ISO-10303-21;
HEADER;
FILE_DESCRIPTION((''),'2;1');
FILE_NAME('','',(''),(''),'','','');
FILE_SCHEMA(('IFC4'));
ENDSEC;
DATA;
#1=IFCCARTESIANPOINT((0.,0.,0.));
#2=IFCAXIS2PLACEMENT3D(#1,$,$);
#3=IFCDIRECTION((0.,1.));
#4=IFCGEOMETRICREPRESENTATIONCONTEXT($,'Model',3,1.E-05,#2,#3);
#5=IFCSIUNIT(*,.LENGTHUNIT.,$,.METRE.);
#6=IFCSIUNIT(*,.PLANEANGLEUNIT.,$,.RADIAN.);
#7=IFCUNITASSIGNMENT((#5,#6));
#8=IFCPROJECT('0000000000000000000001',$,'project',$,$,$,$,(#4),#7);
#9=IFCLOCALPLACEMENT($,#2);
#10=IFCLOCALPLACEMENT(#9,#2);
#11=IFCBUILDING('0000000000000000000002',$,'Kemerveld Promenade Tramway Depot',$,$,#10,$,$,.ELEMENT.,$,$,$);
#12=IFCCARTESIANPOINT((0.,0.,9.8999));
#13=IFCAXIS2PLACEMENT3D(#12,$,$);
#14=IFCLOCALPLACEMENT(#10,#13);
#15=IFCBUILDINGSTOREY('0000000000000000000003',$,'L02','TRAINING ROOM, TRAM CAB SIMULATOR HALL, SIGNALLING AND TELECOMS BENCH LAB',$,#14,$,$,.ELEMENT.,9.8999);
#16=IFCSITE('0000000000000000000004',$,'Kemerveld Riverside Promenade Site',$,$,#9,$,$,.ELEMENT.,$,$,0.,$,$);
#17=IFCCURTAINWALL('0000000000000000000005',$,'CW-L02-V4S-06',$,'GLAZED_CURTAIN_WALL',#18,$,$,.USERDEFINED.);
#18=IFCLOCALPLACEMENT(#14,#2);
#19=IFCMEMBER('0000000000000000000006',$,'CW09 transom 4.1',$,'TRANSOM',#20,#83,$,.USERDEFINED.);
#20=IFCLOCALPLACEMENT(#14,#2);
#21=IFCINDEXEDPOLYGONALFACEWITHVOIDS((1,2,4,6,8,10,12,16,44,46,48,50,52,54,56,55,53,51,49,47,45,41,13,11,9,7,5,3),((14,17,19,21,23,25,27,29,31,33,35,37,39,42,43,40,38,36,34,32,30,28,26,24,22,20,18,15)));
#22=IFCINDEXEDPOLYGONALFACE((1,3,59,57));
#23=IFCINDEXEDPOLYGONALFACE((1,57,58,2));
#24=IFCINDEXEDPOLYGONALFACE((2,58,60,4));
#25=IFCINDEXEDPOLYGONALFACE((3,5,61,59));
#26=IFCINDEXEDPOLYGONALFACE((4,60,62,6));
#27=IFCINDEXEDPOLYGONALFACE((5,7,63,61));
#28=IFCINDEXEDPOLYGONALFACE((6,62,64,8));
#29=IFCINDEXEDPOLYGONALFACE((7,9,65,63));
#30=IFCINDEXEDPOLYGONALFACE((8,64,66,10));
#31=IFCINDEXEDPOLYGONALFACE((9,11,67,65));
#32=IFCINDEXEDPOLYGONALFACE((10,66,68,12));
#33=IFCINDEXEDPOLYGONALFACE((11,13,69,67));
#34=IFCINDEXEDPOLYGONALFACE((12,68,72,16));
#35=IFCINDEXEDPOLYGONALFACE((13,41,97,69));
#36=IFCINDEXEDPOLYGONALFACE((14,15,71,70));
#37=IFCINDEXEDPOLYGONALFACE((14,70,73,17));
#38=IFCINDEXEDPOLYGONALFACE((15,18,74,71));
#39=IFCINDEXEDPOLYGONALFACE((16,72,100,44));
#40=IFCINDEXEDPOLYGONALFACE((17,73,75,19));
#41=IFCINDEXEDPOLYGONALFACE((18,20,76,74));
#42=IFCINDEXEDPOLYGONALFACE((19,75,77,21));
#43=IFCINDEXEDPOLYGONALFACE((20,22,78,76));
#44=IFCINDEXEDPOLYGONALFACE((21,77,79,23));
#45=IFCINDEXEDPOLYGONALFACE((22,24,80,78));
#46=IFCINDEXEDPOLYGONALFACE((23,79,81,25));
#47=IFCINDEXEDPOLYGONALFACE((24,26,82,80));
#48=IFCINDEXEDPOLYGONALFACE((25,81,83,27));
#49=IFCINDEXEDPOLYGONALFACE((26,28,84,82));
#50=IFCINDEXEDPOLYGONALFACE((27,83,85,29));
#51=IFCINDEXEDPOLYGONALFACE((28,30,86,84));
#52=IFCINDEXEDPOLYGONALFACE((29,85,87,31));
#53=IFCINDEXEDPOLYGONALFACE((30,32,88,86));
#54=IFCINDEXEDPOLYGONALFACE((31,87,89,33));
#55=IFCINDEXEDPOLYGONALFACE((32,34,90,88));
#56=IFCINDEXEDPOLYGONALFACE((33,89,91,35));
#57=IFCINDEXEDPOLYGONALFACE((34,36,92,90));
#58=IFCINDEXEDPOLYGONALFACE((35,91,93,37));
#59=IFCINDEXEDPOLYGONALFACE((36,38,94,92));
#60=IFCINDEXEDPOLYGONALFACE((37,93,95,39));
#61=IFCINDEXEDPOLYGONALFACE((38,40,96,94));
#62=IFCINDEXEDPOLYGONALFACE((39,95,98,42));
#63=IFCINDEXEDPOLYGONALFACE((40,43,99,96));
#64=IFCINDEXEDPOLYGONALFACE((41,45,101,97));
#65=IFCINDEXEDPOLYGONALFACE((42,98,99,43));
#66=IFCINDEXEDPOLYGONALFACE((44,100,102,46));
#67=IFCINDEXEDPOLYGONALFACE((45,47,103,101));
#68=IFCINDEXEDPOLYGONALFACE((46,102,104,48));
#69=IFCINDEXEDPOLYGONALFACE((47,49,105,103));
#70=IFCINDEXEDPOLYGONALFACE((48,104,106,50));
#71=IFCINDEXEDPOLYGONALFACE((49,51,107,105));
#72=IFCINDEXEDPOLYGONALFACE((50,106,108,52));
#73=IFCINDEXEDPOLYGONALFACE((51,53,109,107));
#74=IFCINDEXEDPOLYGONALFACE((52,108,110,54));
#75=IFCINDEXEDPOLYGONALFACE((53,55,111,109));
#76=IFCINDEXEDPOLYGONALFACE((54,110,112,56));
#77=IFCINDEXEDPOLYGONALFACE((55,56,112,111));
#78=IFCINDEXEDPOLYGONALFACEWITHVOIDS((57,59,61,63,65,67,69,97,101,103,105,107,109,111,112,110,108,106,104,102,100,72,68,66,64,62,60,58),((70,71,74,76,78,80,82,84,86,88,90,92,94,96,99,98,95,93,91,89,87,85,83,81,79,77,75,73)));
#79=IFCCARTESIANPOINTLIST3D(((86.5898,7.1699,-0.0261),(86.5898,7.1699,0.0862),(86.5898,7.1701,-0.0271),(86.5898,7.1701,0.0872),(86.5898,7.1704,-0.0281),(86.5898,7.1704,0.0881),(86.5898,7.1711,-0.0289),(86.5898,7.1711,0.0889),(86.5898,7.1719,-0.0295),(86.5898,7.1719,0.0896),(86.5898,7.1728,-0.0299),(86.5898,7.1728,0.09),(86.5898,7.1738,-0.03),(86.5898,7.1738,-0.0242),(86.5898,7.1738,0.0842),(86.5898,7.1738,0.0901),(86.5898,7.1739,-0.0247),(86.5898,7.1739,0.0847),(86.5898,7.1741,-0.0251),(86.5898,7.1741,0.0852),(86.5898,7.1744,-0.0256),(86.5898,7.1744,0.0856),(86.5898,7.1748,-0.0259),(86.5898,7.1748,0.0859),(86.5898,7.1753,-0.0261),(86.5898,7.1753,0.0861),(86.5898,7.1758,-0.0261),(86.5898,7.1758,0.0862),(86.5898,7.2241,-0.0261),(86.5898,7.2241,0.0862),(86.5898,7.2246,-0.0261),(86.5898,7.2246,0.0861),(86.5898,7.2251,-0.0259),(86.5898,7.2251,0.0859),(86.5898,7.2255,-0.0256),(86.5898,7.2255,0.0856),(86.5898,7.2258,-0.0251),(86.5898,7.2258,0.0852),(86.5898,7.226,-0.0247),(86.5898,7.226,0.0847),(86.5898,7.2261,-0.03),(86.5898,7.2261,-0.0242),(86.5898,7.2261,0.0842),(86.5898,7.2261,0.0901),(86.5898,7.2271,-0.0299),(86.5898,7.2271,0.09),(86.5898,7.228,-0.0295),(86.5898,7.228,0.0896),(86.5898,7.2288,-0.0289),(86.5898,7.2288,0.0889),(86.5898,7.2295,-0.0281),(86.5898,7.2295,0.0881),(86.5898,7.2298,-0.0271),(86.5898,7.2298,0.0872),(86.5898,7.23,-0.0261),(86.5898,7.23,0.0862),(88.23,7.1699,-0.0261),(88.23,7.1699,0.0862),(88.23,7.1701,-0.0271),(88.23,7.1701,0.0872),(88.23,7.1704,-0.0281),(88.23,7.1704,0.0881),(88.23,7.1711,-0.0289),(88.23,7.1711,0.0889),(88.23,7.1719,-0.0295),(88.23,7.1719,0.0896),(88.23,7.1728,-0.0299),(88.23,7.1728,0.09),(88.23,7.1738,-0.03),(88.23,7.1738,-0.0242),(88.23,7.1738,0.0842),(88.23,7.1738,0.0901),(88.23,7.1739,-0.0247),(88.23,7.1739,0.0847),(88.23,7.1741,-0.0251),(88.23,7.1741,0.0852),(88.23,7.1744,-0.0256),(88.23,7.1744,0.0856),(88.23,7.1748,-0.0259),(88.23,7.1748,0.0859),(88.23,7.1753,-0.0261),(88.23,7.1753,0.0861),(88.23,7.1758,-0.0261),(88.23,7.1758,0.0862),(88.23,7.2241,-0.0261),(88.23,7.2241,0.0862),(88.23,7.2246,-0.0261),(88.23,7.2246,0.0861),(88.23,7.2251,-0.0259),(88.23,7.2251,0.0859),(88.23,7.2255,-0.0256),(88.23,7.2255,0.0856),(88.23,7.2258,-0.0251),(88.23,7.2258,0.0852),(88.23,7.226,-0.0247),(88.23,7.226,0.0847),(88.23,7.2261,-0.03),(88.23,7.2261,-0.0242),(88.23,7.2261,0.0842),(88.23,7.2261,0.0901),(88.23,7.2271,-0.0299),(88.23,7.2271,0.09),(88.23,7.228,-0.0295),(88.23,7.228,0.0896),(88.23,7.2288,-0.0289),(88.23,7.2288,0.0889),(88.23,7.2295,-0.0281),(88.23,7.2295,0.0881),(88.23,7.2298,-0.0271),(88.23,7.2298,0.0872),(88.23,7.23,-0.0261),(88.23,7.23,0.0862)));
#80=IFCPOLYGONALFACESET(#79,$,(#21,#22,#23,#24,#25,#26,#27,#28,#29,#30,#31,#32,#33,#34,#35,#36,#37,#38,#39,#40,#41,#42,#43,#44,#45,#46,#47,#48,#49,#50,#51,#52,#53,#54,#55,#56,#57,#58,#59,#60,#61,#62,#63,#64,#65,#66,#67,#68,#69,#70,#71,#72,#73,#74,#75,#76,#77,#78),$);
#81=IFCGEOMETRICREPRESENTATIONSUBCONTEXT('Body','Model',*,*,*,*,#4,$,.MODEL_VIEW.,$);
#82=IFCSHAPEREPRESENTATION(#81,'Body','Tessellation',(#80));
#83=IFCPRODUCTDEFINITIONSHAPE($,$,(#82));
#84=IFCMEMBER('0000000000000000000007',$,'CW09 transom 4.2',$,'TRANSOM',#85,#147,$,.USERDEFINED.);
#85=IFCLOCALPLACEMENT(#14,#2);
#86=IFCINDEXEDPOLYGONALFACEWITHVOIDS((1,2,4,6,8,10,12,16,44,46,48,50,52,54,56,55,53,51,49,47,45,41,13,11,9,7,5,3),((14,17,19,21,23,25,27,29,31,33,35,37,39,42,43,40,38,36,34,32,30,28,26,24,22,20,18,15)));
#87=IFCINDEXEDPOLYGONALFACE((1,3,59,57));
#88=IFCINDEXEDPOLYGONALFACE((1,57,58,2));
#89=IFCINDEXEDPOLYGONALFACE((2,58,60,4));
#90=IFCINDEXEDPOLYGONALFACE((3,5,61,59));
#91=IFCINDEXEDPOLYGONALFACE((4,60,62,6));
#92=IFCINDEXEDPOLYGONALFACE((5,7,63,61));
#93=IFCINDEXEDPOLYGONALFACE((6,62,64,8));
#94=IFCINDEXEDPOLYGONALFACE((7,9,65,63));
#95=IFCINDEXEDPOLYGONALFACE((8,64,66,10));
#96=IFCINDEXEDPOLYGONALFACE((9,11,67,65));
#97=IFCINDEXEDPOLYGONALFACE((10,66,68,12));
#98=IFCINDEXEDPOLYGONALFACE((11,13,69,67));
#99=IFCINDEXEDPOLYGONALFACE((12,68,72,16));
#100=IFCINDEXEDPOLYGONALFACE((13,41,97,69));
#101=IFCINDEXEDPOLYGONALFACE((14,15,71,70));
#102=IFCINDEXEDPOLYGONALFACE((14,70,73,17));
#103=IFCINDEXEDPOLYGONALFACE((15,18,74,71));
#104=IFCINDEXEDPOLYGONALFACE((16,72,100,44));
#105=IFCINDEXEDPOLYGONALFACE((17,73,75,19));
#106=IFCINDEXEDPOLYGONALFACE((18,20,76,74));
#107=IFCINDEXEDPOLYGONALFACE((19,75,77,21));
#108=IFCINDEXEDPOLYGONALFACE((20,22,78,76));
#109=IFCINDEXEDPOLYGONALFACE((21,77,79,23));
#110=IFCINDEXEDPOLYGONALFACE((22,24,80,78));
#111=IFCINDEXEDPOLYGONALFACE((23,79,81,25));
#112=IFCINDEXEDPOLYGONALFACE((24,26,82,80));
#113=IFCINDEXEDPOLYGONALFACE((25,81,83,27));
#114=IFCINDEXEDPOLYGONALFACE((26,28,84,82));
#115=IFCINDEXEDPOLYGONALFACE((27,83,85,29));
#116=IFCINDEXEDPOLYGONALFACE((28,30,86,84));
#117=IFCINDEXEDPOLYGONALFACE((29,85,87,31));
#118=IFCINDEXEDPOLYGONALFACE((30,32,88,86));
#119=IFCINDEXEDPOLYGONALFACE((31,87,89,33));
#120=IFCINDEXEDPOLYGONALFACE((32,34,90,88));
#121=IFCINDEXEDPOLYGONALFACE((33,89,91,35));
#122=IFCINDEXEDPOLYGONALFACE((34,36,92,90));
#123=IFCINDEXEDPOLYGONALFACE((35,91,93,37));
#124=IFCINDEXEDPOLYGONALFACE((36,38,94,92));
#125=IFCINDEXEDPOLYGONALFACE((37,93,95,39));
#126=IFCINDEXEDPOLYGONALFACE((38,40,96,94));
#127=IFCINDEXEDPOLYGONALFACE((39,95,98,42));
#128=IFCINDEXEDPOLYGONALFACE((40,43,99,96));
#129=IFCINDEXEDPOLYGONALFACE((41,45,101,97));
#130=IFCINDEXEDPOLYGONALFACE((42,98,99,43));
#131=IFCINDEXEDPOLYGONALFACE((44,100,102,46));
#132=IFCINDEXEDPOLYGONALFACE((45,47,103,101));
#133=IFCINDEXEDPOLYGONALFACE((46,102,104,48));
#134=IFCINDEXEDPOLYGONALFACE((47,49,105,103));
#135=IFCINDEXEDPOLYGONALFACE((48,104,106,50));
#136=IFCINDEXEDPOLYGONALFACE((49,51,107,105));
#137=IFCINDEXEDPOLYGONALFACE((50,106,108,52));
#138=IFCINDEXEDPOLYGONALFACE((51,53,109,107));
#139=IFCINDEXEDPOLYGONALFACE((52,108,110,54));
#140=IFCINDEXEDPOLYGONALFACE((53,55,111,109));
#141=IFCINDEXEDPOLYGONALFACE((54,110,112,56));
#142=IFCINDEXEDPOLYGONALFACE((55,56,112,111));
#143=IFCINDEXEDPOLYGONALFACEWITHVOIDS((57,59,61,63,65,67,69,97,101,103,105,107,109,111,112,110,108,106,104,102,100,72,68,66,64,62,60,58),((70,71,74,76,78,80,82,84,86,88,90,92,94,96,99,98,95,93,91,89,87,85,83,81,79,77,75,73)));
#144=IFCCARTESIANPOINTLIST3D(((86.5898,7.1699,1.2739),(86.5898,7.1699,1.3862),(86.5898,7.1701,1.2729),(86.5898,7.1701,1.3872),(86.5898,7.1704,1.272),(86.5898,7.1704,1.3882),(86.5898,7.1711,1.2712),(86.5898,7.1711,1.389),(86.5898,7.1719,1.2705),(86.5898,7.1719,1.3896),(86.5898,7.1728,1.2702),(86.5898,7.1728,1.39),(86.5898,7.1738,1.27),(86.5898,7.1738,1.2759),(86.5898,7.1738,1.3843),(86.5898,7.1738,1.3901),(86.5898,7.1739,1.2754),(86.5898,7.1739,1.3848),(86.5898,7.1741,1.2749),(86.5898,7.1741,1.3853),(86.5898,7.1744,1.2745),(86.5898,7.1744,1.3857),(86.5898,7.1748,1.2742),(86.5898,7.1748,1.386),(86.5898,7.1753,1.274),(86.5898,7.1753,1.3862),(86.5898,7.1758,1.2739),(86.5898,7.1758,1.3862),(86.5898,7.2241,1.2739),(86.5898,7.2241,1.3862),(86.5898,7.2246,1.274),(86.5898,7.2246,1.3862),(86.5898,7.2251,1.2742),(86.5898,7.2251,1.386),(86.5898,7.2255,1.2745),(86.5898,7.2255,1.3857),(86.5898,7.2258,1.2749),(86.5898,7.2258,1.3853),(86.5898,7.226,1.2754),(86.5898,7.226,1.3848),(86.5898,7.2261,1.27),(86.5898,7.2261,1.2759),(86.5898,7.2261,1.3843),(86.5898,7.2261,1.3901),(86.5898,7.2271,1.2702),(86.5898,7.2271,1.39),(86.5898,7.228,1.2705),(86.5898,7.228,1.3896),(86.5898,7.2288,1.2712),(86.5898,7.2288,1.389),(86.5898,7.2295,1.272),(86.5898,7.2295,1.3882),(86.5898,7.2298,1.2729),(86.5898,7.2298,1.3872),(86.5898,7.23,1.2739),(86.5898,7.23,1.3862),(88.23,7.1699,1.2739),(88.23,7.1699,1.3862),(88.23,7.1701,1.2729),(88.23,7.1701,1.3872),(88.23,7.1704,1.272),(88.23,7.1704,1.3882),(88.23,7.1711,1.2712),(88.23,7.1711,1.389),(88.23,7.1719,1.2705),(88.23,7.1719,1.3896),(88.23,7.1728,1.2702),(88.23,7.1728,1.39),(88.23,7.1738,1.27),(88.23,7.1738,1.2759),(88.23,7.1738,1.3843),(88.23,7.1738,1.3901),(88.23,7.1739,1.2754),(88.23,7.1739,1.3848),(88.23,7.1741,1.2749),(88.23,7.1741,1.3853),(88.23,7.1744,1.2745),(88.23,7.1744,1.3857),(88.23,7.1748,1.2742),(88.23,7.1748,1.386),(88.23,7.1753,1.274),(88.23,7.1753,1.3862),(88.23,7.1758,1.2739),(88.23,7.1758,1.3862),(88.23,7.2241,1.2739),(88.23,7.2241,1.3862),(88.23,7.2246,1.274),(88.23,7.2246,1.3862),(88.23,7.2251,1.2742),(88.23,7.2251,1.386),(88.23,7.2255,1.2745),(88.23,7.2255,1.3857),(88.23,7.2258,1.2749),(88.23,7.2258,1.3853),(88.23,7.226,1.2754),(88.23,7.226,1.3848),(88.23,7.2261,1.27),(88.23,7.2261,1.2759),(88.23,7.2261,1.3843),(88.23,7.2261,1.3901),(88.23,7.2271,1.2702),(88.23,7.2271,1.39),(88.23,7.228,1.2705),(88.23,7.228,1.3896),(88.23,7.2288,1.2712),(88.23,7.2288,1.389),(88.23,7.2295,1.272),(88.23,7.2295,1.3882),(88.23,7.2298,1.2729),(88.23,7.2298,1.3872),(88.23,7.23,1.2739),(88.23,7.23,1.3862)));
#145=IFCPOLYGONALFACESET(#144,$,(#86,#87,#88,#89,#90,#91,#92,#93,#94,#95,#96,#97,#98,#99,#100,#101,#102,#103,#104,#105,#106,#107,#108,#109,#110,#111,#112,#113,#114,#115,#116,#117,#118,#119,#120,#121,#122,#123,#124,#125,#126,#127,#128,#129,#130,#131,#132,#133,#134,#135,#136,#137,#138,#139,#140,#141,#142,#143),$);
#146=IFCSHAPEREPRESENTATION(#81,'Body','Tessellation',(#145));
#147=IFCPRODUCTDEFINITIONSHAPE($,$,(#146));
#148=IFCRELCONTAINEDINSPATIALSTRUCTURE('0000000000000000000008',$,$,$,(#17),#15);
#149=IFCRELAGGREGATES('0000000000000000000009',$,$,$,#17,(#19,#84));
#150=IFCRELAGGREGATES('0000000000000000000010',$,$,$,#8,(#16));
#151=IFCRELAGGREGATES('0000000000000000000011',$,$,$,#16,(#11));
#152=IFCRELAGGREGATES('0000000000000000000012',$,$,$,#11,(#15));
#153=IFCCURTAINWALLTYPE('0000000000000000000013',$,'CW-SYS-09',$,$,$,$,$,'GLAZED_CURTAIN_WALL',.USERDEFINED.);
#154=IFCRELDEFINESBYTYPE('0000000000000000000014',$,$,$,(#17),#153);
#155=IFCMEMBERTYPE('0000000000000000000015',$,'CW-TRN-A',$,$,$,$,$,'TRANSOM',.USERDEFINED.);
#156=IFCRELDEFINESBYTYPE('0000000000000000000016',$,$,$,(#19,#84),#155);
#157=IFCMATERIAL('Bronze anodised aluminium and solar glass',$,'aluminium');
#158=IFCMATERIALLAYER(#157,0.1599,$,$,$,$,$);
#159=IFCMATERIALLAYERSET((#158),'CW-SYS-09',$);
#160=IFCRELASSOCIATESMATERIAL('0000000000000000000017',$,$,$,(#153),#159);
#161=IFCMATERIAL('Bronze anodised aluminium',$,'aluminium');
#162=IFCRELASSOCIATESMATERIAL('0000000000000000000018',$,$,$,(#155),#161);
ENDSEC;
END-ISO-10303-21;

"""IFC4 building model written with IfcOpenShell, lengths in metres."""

from ifc_helpers import new_model, si_unit, direction, frame, origin, origin_2d, place, context, subcontext, project, spatial, hollow_rectangle, extrude, material, layer, layer_set, material_profile, profile_set, type_object, element, aggregate, save


model = new_model("IFC4")

# Units and contexts
model_context = context("Model", 3, precision=1e-05, world=origin(), true_north=direction((0.0, 1.0)))
body_context = subcontext(model_context, "Body", "Model", "MODEL_VIEW")
ifc_project = project(units=[si_unit("LENGTHUNIT", "METRE"), si_unit("PLANEANGLEUNIT", "RADIAN")], contexts=[model_context])

# Site, building, storey
site_placement = place(None, origin())
site = spatial("IfcSite", under=ifc_project, at=site_placement, Name="Kemerveld Riverside Promenade Site", CompositionType="ELEMENT", RefElevation=0.0)
building_placement = place(site_placement, origin())
building = spatial("IfcBuilding", under=site, at=building_placement, Name="Kemerveld Promenade Tramway Depot", CompositionType="ELEMENT")
storey_placement = place(building_placement, frame((0.0, 0.0, 9.8999)))
storey = spatial("IfcBuildingStorey", under=building, at=storey_placement, Name="L02", Description="TRAINING ROOM, TRAM CAB SIMULATOR HALL, SIGNALLING AND TELECOMS BENCH LAB", CompositionType="ELEMENT", Elevation=9.8999)

# Curtain wall, members
ifc_material_1 = material(Name="Bronze anodised aluminium and solar glass", Category="aluminium")
ifc_layer_1 = layer(ifc_material_1, 0.1599)
ifc_layer_set_1 = layer_set([ifc_layer_1], Name="CW-SYS-09")
curtain_wall_type = type_object("IfcCurtainWallType", Name="CW-SYS-09", ElementType="GLAZED_CURTAIN_WALL", PredefinedType="USERDEFINED", material=ifc_layer_set_1)
curtain_wall_placement = place(storey_placement, origin())
curtain_wall = element("IfcCurtainWall", 1, at=curtain_wall_placement, inside=storey, type_object=curtain_wall_type, Name="CW-L02-V4S-06", ObjectType="GLAZED_CURTAIN_WALL", PredefinedType="USERDEFINED")
ifc_material_2 = material(Name="Bronze anodised aluminium", Category="aluminium")
ifc_material_profile_1 = material_profile(ifc_material_2, hollow_rectangle(XDim=0.0601, YDim=0.1201, WallThickness=0.0039, InnerFilletRadius=0.002, OuterFilletRadius=0.0039, at=origin_2d()), Name="CW-TRN-120x60")
ifc_profile_set_1 = profile_set([ifc_material_profile_1], Name="Bronze anodised aluminium")
member_type_1 = type_object("IfcMemberType", Name="CW-TRN-A", ElementType="TRANSOM", PredefinedType="USERDEFINED", material=ifc_profile_set_1)
member_1_placement = place(storey_placement, frame((88.23, 7.2, 0.03), z_axis=(-1.0, 0.0, 0.0), x_axis=(0.0, -1.0, 0.0)))
member_1 = element("IfcMember", 2, at=member_1_placement, type_object=member_type_1, Name="CW09 transom 4.1", ObjectType="TRANSOM", PredefinedType="USERDEFINED", context=body_context, shape_type="SweptSolid", body=[
    extrude(hollow_rectangle(XDim=0.0601, YDim=0.1201, WallThickness=0.0039, InnerFilletRadius=0.002, OuterFilletRadius=0.0039, at=origin_2d()), origin(), (0.0, 0.0, 1.0), 1.6401),
])
member_2_placement = place(storey_placement, frame((88.23, 7.2, 1.3301), z_axis=(-1.0, 0.0, 0.0), x_axis=(0.0, -1.0, 0.0)))
member_2 = element("IfcMember", 3, at=member_2_placement, type_object=member_type_1, Name="CW09 transom 4.2", ObjectType="TRANSOM", PredefinedType="USERDEFINED", context=body_context, shape_type="SweptSolid", body=[
    extrude(hollow_rectangle(XDim=0.0601, YDim=0.1201, WallThickness=0.0039, InnerFilletRadius=0.002, OuterFilletRadius=0.0039, at=origin_2d()), origin(), (0.0, 0.0, 1.0), 1.6401),
])

aggregate(curtain_wall, [member_1, member_2])

save(model, "model.ifc")
